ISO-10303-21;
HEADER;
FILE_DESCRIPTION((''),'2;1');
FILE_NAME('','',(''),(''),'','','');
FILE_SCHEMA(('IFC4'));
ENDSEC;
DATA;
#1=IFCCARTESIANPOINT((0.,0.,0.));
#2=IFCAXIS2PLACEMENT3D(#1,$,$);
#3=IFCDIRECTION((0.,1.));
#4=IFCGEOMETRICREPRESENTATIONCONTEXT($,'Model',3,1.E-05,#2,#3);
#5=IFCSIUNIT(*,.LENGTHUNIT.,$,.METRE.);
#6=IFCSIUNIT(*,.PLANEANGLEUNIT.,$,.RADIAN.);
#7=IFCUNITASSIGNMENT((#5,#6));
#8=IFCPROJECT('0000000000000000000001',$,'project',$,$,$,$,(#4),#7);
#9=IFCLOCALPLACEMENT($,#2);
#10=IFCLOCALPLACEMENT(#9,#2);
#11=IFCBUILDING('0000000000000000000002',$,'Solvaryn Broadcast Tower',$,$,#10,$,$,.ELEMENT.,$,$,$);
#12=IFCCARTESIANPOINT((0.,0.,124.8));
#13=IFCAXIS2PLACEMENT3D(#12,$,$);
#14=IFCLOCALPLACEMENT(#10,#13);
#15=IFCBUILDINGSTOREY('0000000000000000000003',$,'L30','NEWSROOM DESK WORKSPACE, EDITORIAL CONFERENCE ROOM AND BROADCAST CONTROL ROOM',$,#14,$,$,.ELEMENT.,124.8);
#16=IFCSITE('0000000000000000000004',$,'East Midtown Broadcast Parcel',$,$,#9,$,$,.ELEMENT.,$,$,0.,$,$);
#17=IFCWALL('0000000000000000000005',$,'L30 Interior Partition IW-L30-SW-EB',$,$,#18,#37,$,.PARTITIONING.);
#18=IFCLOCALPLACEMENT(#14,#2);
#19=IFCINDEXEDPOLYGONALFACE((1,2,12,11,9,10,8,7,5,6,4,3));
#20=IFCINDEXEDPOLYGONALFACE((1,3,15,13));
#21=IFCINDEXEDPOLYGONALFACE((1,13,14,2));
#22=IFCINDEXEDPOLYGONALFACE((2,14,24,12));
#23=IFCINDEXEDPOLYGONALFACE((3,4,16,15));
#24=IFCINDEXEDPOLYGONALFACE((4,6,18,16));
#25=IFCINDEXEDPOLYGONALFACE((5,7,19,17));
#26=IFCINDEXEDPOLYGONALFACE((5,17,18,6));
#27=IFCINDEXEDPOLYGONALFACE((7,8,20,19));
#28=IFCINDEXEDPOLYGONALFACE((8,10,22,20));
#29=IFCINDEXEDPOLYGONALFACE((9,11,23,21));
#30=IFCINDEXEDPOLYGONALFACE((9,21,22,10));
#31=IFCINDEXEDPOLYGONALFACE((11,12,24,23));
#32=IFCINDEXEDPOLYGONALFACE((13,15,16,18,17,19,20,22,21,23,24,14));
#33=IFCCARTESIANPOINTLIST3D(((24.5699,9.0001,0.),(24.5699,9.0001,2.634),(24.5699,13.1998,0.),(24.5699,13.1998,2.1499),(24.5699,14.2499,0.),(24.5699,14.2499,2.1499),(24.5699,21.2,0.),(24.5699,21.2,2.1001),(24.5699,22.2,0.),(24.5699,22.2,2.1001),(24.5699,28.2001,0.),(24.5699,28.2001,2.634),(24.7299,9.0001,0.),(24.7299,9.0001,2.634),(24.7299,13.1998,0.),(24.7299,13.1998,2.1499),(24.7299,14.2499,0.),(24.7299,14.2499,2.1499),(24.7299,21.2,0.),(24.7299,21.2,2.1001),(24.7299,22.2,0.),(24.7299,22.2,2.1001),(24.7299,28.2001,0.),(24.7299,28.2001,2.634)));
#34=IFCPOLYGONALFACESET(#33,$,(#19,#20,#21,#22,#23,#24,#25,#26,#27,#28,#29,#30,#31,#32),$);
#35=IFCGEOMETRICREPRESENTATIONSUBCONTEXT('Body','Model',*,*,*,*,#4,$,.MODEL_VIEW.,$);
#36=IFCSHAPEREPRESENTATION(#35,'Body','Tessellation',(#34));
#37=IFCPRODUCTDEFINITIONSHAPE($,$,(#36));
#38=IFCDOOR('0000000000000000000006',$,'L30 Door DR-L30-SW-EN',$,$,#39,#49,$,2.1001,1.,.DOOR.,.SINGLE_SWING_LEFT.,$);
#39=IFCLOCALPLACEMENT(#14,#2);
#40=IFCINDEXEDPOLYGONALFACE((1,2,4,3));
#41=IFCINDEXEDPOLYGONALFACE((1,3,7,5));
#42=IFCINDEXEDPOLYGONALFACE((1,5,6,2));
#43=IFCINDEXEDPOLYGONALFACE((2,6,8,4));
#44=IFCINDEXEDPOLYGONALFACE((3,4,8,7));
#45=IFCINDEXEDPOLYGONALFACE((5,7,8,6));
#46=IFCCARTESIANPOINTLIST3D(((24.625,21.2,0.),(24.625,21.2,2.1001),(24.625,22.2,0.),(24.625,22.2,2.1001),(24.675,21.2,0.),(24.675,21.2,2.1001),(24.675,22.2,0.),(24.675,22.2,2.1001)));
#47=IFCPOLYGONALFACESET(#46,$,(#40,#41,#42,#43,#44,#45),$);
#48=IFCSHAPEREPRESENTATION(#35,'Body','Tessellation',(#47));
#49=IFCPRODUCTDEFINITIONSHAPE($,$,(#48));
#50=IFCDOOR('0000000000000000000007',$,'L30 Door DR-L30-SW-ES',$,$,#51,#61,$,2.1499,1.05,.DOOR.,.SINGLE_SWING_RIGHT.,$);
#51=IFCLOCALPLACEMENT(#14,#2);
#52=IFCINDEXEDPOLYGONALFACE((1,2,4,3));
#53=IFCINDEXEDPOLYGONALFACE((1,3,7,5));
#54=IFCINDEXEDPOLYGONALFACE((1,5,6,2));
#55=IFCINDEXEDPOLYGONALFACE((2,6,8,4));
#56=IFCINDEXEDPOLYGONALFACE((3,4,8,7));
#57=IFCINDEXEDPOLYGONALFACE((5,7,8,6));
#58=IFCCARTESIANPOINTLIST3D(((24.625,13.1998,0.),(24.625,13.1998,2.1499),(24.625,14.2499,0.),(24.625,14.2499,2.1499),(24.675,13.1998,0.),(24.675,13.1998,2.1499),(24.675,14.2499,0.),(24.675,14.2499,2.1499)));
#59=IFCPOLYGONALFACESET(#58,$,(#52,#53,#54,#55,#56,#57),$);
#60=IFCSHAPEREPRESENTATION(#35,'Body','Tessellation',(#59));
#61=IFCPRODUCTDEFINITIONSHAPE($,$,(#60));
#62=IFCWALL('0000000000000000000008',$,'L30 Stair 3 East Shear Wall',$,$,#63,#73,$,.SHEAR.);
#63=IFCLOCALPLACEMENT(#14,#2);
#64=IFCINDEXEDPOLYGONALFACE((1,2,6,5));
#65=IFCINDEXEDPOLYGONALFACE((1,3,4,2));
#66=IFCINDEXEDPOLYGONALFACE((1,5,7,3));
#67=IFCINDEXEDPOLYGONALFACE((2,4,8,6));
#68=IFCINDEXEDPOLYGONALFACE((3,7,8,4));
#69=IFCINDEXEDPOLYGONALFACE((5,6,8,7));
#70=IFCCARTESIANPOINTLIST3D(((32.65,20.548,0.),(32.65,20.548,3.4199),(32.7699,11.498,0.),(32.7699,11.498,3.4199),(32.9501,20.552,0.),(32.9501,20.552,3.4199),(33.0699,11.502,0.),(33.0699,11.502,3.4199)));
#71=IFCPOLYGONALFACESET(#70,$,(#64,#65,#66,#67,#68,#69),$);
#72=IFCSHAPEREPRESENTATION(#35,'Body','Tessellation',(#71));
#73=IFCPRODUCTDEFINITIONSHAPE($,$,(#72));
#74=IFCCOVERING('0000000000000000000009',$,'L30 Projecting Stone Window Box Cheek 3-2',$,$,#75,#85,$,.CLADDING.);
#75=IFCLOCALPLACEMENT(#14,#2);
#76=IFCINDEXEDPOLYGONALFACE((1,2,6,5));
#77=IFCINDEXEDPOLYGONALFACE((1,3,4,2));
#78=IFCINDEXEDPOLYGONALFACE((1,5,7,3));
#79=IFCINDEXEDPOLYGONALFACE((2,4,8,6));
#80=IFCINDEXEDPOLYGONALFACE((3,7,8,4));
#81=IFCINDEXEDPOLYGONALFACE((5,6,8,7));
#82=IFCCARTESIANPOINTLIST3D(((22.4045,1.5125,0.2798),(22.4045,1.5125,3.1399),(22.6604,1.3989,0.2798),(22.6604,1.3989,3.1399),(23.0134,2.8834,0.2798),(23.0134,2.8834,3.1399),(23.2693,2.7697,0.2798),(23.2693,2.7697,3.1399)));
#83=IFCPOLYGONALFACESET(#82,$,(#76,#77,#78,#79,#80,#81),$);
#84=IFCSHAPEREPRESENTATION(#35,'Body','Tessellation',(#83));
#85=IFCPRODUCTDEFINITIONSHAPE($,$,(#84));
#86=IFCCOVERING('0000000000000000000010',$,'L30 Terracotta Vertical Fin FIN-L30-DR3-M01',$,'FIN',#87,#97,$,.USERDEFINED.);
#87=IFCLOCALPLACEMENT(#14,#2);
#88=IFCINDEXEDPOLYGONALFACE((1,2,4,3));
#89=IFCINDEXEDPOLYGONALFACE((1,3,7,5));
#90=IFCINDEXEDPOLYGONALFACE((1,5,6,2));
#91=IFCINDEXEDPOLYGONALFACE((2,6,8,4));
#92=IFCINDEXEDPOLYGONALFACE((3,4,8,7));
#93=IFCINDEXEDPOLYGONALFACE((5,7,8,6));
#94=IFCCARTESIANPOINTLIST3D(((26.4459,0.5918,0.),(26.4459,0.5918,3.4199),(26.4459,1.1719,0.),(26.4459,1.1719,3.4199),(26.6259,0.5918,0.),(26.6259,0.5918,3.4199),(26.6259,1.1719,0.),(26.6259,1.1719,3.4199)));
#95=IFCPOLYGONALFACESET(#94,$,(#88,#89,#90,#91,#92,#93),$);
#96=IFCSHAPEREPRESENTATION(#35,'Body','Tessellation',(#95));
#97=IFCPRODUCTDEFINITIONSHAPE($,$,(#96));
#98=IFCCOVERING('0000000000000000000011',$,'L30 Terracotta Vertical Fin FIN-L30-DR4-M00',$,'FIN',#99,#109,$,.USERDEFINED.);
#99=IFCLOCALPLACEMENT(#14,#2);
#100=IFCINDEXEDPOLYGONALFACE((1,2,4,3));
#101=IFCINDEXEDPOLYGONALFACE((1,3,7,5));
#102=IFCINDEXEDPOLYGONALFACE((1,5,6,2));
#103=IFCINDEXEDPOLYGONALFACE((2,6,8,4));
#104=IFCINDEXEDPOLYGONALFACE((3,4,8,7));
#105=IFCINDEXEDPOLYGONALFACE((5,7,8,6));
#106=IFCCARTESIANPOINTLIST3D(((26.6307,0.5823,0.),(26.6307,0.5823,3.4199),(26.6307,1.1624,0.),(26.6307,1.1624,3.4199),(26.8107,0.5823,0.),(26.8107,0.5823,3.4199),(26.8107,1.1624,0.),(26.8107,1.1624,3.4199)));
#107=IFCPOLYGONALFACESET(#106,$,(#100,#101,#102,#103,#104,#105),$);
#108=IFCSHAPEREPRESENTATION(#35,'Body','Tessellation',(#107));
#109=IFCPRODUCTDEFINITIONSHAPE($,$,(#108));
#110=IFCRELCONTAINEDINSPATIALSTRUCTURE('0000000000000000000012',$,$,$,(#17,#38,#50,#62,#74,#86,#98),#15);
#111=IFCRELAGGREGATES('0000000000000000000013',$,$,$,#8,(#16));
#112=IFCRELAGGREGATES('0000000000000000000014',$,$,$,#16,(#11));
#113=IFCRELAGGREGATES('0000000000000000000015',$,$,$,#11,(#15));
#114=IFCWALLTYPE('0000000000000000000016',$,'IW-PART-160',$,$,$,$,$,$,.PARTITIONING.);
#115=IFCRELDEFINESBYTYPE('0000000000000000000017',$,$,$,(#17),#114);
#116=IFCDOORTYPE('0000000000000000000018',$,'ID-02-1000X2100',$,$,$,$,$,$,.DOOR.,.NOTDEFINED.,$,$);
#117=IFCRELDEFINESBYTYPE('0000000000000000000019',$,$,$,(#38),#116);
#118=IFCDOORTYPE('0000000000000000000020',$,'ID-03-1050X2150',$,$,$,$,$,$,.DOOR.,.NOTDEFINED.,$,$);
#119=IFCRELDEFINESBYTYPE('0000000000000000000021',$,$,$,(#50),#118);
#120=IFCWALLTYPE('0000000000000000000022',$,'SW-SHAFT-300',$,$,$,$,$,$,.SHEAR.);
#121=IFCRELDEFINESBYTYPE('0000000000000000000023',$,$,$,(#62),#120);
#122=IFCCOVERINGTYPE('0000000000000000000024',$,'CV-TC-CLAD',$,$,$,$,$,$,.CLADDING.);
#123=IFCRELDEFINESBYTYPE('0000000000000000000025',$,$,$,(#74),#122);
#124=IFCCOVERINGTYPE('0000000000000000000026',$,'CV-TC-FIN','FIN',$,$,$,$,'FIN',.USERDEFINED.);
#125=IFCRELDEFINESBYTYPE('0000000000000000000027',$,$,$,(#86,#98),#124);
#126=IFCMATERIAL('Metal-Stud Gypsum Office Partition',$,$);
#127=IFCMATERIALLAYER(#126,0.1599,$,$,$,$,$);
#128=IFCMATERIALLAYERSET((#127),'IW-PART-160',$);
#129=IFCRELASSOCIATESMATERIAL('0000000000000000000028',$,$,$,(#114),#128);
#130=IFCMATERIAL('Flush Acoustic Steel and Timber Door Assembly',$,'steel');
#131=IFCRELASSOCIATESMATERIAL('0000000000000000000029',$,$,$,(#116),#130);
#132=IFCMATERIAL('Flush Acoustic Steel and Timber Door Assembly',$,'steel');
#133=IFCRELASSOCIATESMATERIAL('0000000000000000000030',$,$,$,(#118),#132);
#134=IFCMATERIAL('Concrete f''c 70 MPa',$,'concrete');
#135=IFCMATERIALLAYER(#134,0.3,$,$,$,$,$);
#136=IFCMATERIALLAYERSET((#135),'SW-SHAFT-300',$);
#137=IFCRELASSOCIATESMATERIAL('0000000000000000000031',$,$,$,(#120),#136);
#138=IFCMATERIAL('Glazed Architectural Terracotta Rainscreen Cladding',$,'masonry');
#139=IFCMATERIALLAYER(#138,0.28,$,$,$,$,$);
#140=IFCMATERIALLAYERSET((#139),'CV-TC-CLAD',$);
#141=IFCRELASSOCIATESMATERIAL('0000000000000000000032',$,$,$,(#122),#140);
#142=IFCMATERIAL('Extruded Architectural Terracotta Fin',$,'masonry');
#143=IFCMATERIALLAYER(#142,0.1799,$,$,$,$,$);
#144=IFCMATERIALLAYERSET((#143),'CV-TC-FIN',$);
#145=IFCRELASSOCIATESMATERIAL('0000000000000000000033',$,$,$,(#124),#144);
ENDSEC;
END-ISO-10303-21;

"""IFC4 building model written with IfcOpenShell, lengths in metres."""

from ifc_helpers import new_model, si_unit, direction, frame, frame_2d, origin, origin_2d, place, context, subcontext, project, spatial, rectangle, extrude, material, layer, layer_set, type_object, element, fill, save


model = new_model("IFC4")

# Units and contexts
model_context = context("Model", 3, precision=1e-05, world=origin(), true_north=direction((0.0, 1.0)))
body_context = subcontext(model_context, "Body", "Model", "MODEL_VIEW")
ifc_project = project(units=[si_unit("LENGTHUNIT", "METRE"), si_unit("PLANEANGLEUNIT", "RADIAN")], contexts=[model_context])

# Site, building, storey
site_placement = place(None, origin())
site = spatial("IfcSite", under=ifc_project, at=site_placement, Name="East Midtown Broadcast Parcel", CompositionType="ELEMENT", RefElevation=0.0)
building_placement = place(site_placement, origin())
building = spatial("IfcBuilding", under=site, at=building_placement, Name="Solvaryn Broadcast Tower", CompositionType="ELEMENT")
storey_placement = place(building_placement, frame((0.0, 0.0, 124.8)))
storey = spatial("IfcBuildingStorey", under=building, at=storey_placement, Name="L30", Description="NEWSROOM DESK WORKSPACE, EDITORIAL CONFERENCE ROOM AND BROADCAST CONTROL ROOM", CompositionType="ELEMENT", Elevation=124.8)

# Wall, openings, doors
ifc_material_1 = material(Name="Metal-Stud Gypsum Office Partition")
ifc_layer_1 = layer(ifc_material_1, 0.1599)
ifc_layer_set_1 = layer_set([ifc_layer_1], Name="IW-PART-160")
wall_type_1 = type_object("IfcWallType", Name="IW-PART-160", PredefinedType="PARTITIONING", material=ifc_layer_set_1)
wall_1_placement = place(storey_placement, frame((24.6499, 9.0, 0.0), z_axis=(0.0, 0.0, 1.0), x_axis=(0.0, 1.0, 0.0)))
wall_1 = element("IfcWall", 1, at=wall_1_placement, inside=storey, type_object=wall_type_1, Name="L30 Interior Partition IW-L30-SW-EB", PredefinedType="PARTITIONING", context=body_context, shape_type="SweptSolid", body=[
    extrude(rectangle(XDim=19.2, YDim=0.1599, at=frame_2d((9.6001, 0.0))), origin(), (0.0, 0.0, 1.0), 2.634),
])
opening_1_placement = place(wall_1_placement, frame((12.2, 0.0, 0.0)))
opening_1 = element("IfcOpeningElement", 2, at=opening_1_placement, cuts=wall_1, PredefinedType="OPENING", context=body_context, shape_type="SweptSolid", body=[
    extrude(rectangle(XDim=1.0, YDim=2.1001, at=frame_2d((0.5, 1.05))), frame((0.0, 0.0901, 0.0), z_axis=(0.0, -1.0, 0.0), x_axis=(1.0, 0.0, 0.0)), (0.0, 0.0, 1.0), 0.1799),
])
opening_2_placement = place(wall_1_placement, frame((4.2, 0.0, 0.0)))
opening_2 = element("IfcOpeningElement", 3, at=opening_2_placement, cuts=wall_1, PredefinedType="OPENING", context=body_context, shape_type="SweptSolid", body=[
    extrude(rectangle(XDim=1.05, YDim=2.1499, at=frame_2d((0.5249, 1.075))), frame((0.0, 0.0901, 0.0), z_axis=(0.0, -1.0, 0.0), x_axis=(1.0, 0.0, 0.0)), (0.0, 0.0, 1.0), 0.1799),
])
ifc_material_2 = material(Name="Flush Acoustic Steel and Timber Door Assembly", Category="steel")
door_type_1 = type_object("IfcDoorType", Name="ID-02-1000X2100", OperationType="NOTDEFINED", PredefinedType="DOOR", material=ifc_material_2)
door_1_placement = place(opening_1_placement, origin())
door_1 = element("IfcDoor", 4, at=door_1_placement, inside=storey, type_object=door_type_1, Name="L30 Door DR-L30-SW-EN", OperationType="SINGLE_SWING_LEFT", OverallHeight=2.1001, OverallWidth=1.0, PredefinedType="DOOR", context=body_context, shape_type="SweptSolid", body=[
    extrude(rectangle(XDim=1.0, YDim=2.1001, at=frame_2d((0.5, 1.05))), frame((0.0, 0.0249, 0.0), z_axis=(0.0, -1.0, 0.0), x_axis=(1.0, 0.0, 0.0)), (0.0, 0.0, 1.0), 0.05),
])
fill(opening_1, door_1)
ifc_material_3 = material(Name="Flush Acoustic Steel and Timber Door Assembly", Category="steel")
door_type_2 = type_object("IfcDoorType", Name="ID-03-1050X2150", OperationType="NOTDEFINED", PredefinedType="DOOR", material=ifc_material_3)
door_2_placement = place(opening_2_placement, origin())
door_2 = element("IfcDoor", 5, at=door_2_placement, inside=storey, type_object=door_type_2, Name="L30 Door DR-L30-SW-ES", OperationType="SINGLE_SWING_RIGHT", OverallHeight=2.1499, OverallWidth=1.05, PredefinedType="DOOR", context=body_context, shape_type="SweptSolid", body=[
    extrude(rectangle(XDim=1.05, YDim=2.1499, at=frame_2d((0.5249, 1.075))), frame((0.0, 0.0249, 0.0), z_axis=(0.0, -1.0, 0.0), x_axis=(1.0, 0.0, 0.0)), (0.0, 0.0, 1.0), 0.05),
])
fill(opening_2, door_2)

# Wall
ifc_material_4 = material(Name="Concrete f'c 70 MPa", Category="concrete")
ifc_layer_2 = layer(ifc_material_4, 0.3)
ifc_layer_set_2 = layer_set([ifc_layer_2], Name="SW-SHAFT-300")
wall_type_2 = type_object("IfcWallType", Name="SW-SHAFT-300", PredefinedType="SHEAR", material=ifc_layer_set_2)
wall_2_placement = place(storey_placement, frame((32.9199, 11.5, 0.0), z_axis=(0.0, 0.0, 1.0), x_axis=(-0.013244, 0.999912, 0.0)))
element("IfcWall", 6, at=wall_2_placement, inside=storey, type_object=wall_type_2, Name="L30 Stair 3 East Shear Wall", PredefinedType="SHEAR", context=body_context, shape_type="SweptSolid", body=[
    extrude(rectangle(XDim=9.0508, YDim=0.3, at=frame_2d((4.5254, 0.0))), origin(), (0.0, 0.0, 1.0), 3.4199),
])

# Coverings
ifc_material_5 = material(Name="Glazed Architectural Terracotta Rainscreen Cladding", Category="masonry")
ifc_layer_3 = layer(ifc_material_5, 0.28)
ifc_layer_set_3 = layer_set([ifc_layer_3], Name="CV-TC-CLAD")
covering_type_1 = type_object("IfcCoveringType", Name="CV-TC-CLAD", PredefinedType="CLADDING", material=ifc_layer_set_3)
covering_placement = place(storey_placement, frame((22.8369, 2.1411, 0.2798), z_axis=(0.0, 0.0, 1.0), x_axis=(0.9139, -0.405939, 0.0)))
element("IfcCovering", 7, at=covering_placement, inside=storey, type_object=covering_type_1, Name="L30 Projecting Stone Window Box Cheek 3-2", PredefinedType="CLADDING", context=body_context, shape_type="SweptSolid", body=[
    extrude(rectangle(XDim=0.28, YDim=1.5, at=origin_2d()), origin(), (0.0, 0.0, 1.0), 2.8601),
])
ifc_material_6 = material(Name="Extruded Architectural Terracotta Fin", Category="masonry")
ifc_layer_4 = layer(ifc_material_6, 0.1799)
ifc_layer_set_4 = layer_set([ifc_layer_4], Name="CV-TC-FIN")
covering_type_2 = type_object("IfcCoveringType", Name="CV-TC-FIN", Description="FIN", ElementType="FIN", PredefinedType="USERDEFINED", material=ifc_layer_set_4)
for number, where, z_axis, x_axis, name in (
    (8, (26.5359, 0.8818, 0.0), (0.0, 0.0, 1.0), (1.0, 0.0, 0.0), "L30 Terracotta Vertical Fin FIN-L30-DR3-M01"),
    (9, (26.7207, 0.8723, 0.0), (0.0, 0.0, 1.0), (1.0, 0.0, 0.0), "L30 Terracotta Vertical Fin FIN-L30-DR4-M00"),
):
    element("IfcCovering", number, at=place(storey_placement, frame(where, z_axis=z_axis, x_axis=x_axis)), inside=storey, type_object=covering_type_2, Name=name, ObjectType="FIN", PredefinedType="USERDEFINED", context=body_context, shape_type="SweptSolid", body=[
        extrude(rectangle(XDim=0.1799, YDim=0.5801, at=origin_2d()), origin(), (0.0, 0.0, 1.0), 3.4199),
    ])

save(model, "model.ifc")
